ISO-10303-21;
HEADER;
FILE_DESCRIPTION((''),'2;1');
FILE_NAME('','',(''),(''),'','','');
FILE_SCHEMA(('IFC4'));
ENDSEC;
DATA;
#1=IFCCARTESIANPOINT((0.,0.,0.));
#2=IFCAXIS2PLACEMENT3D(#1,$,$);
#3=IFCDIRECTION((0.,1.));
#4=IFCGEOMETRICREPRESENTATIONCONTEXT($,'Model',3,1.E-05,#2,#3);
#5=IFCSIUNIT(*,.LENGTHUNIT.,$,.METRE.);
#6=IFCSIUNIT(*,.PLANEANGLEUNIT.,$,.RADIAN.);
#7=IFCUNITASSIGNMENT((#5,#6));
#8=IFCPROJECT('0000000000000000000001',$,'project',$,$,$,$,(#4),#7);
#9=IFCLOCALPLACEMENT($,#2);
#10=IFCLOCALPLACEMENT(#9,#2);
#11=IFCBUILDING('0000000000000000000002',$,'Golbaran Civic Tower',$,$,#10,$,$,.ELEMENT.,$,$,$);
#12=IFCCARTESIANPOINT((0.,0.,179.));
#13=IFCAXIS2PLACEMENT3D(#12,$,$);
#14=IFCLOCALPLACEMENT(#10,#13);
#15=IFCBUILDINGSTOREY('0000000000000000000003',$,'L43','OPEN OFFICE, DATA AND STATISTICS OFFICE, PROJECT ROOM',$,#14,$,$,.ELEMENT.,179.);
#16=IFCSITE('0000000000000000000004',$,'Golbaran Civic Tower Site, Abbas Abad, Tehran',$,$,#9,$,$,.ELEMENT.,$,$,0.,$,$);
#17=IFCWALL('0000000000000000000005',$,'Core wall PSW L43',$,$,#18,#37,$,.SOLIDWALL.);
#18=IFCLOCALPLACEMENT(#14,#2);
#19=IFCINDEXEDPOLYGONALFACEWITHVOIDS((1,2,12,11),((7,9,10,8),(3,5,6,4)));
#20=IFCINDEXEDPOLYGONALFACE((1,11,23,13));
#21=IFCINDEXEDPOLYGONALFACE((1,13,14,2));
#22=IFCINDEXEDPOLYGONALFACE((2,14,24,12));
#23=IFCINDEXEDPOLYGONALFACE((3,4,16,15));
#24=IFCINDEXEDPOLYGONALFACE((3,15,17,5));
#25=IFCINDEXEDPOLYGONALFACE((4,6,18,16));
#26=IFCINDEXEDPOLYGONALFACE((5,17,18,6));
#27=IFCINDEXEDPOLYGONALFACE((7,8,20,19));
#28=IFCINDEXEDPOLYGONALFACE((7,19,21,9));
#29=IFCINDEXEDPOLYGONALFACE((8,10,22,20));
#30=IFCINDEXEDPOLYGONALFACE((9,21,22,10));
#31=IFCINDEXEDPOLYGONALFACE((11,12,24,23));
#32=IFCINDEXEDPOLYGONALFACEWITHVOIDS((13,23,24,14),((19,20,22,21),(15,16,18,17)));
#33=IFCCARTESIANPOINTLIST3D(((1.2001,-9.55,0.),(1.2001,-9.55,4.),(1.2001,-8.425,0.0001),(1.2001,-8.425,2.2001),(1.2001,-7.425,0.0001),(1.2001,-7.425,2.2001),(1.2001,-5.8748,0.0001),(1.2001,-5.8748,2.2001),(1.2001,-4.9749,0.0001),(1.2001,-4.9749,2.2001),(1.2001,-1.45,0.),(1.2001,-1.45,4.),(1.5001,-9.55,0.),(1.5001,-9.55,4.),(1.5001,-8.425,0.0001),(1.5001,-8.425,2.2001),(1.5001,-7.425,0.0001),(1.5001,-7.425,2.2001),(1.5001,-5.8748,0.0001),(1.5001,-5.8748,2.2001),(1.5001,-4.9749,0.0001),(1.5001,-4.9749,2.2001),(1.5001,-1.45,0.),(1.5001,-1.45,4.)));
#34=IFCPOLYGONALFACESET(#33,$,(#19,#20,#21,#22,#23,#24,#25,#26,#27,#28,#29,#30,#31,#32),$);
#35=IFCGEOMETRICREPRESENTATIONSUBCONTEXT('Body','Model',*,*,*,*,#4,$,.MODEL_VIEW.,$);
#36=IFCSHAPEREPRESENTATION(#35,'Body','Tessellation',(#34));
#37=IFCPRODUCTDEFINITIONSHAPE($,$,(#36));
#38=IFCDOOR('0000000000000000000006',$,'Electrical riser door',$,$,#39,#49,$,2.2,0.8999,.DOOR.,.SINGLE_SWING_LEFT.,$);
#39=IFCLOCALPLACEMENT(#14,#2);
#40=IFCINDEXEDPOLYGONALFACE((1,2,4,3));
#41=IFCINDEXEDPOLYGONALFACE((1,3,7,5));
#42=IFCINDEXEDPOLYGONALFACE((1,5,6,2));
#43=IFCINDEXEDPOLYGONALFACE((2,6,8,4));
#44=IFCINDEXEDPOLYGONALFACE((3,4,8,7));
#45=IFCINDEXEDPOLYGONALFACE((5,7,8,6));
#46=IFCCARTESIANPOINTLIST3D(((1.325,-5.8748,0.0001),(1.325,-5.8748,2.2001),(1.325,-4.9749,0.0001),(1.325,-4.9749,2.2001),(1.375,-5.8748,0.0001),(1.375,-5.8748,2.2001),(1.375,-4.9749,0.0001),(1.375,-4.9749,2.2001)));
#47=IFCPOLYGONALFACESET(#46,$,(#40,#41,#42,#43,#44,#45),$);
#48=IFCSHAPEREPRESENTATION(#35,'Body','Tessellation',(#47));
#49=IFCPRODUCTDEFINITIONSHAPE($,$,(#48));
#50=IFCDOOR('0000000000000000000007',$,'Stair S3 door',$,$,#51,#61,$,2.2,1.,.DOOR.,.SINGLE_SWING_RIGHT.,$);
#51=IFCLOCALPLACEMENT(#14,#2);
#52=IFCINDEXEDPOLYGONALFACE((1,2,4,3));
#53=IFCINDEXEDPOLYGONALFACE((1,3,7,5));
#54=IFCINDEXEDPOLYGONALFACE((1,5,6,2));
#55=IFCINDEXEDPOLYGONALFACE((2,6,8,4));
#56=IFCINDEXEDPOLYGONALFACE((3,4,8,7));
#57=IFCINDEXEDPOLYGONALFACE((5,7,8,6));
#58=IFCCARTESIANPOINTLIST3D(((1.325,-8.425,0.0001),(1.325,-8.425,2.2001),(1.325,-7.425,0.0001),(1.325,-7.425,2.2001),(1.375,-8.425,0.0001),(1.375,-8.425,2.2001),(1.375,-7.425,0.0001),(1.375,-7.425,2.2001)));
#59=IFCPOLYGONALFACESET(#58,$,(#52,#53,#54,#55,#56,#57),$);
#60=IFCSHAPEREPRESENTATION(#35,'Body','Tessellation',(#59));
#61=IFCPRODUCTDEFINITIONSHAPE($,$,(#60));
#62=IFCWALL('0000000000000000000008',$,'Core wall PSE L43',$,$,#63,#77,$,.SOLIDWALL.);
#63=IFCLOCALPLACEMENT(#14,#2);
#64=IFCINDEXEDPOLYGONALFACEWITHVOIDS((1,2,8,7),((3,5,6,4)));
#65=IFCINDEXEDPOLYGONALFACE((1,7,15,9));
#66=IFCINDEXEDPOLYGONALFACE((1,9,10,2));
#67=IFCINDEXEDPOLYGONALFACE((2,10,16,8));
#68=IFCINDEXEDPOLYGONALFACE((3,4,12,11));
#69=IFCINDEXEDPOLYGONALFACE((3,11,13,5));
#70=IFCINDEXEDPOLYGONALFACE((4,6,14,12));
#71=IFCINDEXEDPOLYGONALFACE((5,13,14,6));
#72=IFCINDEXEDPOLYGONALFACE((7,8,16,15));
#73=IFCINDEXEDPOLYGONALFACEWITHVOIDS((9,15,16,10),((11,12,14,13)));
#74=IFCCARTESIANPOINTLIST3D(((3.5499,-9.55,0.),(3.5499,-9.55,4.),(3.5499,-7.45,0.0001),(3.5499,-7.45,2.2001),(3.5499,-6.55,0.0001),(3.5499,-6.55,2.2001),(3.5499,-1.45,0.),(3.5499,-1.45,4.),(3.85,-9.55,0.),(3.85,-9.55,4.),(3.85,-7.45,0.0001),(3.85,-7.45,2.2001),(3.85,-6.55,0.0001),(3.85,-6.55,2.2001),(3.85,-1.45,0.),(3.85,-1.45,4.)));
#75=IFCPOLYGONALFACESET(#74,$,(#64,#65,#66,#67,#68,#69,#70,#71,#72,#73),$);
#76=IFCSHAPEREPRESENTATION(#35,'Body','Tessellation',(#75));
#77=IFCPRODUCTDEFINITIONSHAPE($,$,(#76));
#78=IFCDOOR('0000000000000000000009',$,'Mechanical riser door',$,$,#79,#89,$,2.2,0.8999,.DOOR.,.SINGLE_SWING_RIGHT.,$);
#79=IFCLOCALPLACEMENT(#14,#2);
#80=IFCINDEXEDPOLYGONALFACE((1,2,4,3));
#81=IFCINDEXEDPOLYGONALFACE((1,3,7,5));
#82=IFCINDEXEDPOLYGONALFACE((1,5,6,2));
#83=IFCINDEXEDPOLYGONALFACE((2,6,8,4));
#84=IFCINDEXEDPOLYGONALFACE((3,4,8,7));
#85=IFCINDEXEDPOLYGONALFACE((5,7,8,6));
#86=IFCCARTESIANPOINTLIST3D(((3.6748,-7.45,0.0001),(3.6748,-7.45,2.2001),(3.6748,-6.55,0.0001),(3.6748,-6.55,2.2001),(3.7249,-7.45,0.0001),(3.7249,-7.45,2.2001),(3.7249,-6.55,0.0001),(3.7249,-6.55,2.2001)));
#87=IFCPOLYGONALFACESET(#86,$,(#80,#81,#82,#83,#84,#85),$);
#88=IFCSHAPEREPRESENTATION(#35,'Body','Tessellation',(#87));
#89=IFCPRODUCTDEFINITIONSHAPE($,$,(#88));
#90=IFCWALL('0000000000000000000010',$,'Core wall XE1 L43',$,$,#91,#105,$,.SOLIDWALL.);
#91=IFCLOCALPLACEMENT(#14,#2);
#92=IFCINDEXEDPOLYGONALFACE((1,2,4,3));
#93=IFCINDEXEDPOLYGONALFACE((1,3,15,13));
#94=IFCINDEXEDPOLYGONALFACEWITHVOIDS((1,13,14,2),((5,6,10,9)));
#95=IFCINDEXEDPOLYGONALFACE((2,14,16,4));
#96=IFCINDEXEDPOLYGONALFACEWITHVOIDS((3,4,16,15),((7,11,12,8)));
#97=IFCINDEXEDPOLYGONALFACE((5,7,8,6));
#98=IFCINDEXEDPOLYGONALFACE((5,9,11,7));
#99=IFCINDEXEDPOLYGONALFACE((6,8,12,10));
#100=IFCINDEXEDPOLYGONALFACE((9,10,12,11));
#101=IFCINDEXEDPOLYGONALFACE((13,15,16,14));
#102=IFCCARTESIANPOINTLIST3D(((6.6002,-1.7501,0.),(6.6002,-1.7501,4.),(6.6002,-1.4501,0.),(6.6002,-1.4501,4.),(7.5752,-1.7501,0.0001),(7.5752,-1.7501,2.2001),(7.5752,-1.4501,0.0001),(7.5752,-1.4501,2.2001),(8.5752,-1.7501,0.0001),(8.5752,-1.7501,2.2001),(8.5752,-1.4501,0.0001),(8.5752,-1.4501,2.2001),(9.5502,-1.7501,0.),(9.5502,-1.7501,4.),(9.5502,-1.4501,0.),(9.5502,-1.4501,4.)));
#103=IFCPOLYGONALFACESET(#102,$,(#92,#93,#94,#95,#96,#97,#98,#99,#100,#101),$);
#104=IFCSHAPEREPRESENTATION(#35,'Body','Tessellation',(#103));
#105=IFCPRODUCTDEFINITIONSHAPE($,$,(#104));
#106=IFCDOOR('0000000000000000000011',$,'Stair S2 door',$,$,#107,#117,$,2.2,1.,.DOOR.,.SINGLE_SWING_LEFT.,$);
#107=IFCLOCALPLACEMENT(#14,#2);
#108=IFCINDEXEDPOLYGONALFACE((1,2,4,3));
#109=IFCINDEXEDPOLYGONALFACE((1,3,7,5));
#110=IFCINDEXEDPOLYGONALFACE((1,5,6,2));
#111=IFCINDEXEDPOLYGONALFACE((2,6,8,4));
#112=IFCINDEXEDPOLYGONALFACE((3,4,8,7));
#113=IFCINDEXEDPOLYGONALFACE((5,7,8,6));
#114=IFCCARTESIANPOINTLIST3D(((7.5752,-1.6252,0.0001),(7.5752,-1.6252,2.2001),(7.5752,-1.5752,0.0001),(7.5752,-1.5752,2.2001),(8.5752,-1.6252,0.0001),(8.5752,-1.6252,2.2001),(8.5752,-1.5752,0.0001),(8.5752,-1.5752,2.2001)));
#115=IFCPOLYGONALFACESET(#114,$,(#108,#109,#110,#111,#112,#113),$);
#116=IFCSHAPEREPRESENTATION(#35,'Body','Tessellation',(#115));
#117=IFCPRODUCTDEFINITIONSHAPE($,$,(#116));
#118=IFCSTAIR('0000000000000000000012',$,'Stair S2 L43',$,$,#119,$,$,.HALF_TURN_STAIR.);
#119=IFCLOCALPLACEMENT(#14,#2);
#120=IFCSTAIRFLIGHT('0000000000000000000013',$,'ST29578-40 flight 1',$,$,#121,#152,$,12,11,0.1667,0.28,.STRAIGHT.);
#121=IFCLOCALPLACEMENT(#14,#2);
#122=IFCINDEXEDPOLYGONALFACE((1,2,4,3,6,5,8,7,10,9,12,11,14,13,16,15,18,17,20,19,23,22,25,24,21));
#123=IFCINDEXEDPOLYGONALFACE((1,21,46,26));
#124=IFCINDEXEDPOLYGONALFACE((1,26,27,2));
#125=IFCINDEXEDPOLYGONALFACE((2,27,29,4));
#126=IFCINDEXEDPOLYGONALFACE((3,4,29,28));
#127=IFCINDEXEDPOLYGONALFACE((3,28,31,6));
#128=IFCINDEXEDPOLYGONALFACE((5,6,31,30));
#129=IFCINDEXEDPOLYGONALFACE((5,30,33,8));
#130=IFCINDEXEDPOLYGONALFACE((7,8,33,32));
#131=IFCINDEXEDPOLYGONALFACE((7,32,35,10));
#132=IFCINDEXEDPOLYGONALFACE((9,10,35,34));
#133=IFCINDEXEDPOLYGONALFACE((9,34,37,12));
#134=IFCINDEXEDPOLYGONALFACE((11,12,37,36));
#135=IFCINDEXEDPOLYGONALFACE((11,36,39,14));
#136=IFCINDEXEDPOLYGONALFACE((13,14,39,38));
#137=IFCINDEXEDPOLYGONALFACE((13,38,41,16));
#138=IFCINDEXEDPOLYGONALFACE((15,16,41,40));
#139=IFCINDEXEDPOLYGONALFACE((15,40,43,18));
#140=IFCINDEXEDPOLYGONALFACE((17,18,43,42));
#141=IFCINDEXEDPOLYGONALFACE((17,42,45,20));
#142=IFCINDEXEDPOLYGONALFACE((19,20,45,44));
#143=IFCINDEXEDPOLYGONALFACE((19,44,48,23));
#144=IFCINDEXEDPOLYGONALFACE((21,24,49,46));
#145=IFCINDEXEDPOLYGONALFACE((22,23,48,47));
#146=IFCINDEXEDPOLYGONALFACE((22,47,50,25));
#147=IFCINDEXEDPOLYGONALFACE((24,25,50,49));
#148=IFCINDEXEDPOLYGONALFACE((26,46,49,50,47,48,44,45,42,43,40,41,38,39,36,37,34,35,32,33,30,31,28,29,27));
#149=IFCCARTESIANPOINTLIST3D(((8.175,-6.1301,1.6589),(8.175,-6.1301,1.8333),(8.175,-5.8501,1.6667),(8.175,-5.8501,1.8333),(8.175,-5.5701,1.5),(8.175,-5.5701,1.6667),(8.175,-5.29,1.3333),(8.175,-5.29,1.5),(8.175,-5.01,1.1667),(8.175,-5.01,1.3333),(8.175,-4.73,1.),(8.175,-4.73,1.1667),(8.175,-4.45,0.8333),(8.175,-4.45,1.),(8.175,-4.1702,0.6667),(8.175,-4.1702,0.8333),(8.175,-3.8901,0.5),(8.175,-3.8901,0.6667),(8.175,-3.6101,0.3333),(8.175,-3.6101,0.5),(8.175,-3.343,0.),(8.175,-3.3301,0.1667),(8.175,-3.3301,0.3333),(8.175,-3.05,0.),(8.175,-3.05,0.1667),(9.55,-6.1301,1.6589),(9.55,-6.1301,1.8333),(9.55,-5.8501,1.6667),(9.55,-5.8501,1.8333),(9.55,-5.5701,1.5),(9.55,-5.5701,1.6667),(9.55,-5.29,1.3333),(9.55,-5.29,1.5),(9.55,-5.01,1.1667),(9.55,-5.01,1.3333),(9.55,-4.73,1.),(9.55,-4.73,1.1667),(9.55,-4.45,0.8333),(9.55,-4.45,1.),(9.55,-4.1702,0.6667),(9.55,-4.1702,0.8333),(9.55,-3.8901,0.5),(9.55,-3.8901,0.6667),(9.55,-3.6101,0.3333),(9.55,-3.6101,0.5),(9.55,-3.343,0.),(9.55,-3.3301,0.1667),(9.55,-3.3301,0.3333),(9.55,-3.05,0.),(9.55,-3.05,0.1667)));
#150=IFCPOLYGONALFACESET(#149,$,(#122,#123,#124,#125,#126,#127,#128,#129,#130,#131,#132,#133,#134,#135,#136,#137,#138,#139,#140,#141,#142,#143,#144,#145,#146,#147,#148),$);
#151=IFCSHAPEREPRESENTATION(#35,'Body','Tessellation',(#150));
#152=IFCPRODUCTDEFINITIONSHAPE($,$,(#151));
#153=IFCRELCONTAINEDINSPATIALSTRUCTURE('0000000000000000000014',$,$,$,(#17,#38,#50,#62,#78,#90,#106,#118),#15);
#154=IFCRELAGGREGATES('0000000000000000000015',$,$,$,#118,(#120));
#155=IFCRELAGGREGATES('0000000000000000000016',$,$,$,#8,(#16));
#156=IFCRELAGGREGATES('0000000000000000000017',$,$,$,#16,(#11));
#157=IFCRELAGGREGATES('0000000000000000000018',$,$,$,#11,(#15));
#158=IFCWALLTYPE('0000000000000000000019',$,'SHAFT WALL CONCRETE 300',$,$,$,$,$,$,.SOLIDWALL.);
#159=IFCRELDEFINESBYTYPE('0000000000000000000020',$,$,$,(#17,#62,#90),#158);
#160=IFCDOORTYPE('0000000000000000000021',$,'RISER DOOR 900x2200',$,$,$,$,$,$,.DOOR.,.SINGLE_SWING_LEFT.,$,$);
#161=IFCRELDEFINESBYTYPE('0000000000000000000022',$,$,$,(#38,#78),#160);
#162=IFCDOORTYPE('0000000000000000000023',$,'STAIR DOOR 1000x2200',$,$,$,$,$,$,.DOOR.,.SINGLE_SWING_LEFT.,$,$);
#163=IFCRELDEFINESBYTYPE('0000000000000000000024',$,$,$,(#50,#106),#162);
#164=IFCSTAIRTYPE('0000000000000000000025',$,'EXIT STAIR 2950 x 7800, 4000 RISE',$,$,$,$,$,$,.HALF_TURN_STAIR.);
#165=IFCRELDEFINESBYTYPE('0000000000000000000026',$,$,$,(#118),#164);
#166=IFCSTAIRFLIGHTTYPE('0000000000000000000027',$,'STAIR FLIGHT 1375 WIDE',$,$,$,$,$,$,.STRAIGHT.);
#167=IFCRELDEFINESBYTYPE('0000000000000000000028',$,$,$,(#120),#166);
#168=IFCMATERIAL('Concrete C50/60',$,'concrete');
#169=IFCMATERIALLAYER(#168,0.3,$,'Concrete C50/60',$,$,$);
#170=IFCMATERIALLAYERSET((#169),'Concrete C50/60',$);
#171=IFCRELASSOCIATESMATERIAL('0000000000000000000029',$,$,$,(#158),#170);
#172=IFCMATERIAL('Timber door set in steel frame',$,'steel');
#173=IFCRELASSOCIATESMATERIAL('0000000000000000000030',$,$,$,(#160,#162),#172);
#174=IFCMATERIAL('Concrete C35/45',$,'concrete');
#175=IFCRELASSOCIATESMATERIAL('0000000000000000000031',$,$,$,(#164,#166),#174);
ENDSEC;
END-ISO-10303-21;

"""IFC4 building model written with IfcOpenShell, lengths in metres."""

from ifc_helpers import new_model, si_unit, direction, frame, frame_2d, origin, place, context, subcontext, project, spatial, polyline, rectangle, outline, extrude, material, layer, layer_set, type_object, element, fill, aggregate, save


model = new_model("IFC4")

# Units and contexts
model_context = context("Model", 3, precision=1e-05, world=origin(), true_north=direction((0.0, 1.0)))
body_context = subcontext(model_context, "Body", "Model", "MODEL_VIEW")
ifc_project = project(units=[si_unit("LENGTHUNIT", "METRE"), si_unit("PLANEANGLEUNIT", "RADIAN")], contexts=[model_context])

# Site, building, storey
site_placement = place(None, origin())
site = spatial("IfcSite", under=ifc_project, at=site_placement, Name="Golbaran Civic Tower Site, Abbas Abad, Tehran", CompositionType="ELEMENT", RefElevation=0.0)
building_placement = place(site_placement, origin())
building = spatial("IfcBuilding", under=site, at=building_placement, Name="Golbaran Civic Tower", CompositionType="ELEMENT")
storey_placement = place(building_placement, frame((0.0, 0.0, 179.0)))
storey = spatial("IfcBuildingStorey", under=building, at=storey_placement, Name="L43", Description="OPEN OFFICE, DATA AND STATISTICS OFFICE, PROJECT ROOM", CompositionType="ELEMENT", Elevation=179.0)

# Shared definitions
ifc_material_1 = material(Name="Concrete C50/60", Category="concrete")

# Shared definitions
ifc_material_2 = material(Name="Timber door set in steel frame", Category="steel")

# Shared definitions
ifc_layer_1 = layer(ifc_material_1, 0.3, Name="Concrete C50/60")
ifc_layer_set_1 = layer_set([ifc_layer_1], Name="Concrete C50/60")
wall_type_1 = type_object("IfcWallType", Name="SHAFT WALL CONCRETE 300", PredefinedType="SOLIDWALL", material=ifc_layer_set_1)

# Wall, openings, doors
wall_1_placement = place(storey_placement, frame((1.3501, -1.45, 0.0), z_axis=(0.0, 0.0, 1.0), x_axis=(0.0, -1.0, 0.0)))
wall_1 = element("IfcWall", 1, at=wall_1_placement, inside=storey, type_object=wall_type_1, Name="Core wall PSW L43", PredefinedType="SOLIDWALL", context=body_context, shape_type="SweptSolid", body=[
    extrude(rectangle(XDim=8.1001, YDim=0.3, at=frame_2d((4.05, 0.0))), origin(), (0.0, 0.0, 1.0), 4.0),
])
opening_1_placement = place(wall_1_placement, frame((5.9751, 0.0, 0.0)))
opening_1 = element("IfcOpeningElement", 2, at=opening_1_placement, cuts=wall_1, PredefinedType="OPENING", context=body_context, shape_type="SweptSolid", body=[
    extrude(rectangle(XDim=1.0, YDim=2.2, at=frame_2d((0.5, 1.1001))), frame((0.0, 0.1599, 0.0), z_axis=(0.0, -1.0, 0.0), x_axis=(1.0, 0.0, 0.0)), (0.0, 0.0, 1.0), 0.3201),
])
opening_2_placement = place(wall_1_placement, frame((3.5249, 0.0, 0.0)))
opening_2 = element("IfcOpeningElement", 3, at=opening_2_placement, cuts=wall_1, PredefinedType="OPENING", context=body_context, shape_type="SweptSolid", body=[
    extrude(rectangle(XDim=0.8999, YDim=2.2, at=frame_2d((0.45, 1.1001))), frame((0.0, 0.1599, 0.0), z_axis=(0.0, -1.0, 0.0), x_axis=(1.0, 0.0, 0.0)), (0.0, 0.0, 1.0), 0.3201),
])
door_type_1 = type_object("IfcDoorType", Name="RISER DOOR 900x2200", OperationType="SINGLE_SWING_LEFT", PredefinedType="DOOR", material=ifc_material_2)
door_1_placement = place(opening_2_placement, origin())
door_1 = element("IfcDoor", 4, at=door_1_placement, inside=storey, type_object=door_type_1, Name="Electrical riser door", OperationType="SINGLE_SWING_LEFT", OverallHeight=2.2, OverallWidth=0.8999, PredefinedType="DOOR", context=body_context, shape_type="SweptSolid", body=[
    extrude(rectangle(XDim=0.8999, YDim=2.2, at=frame_2d((0.45, 1.1001))), frame((0.0, 0.0249, 0.0), z_axis=(0.0, -1.0, 0.0), x_axis=(1.0, 0.0, 0.0)), (0.0, 0.0, 1.0), 0.05),
])
fill(opening_2, door_1)
door_type_2 = type_object("IfcDoorType", Name="STAIR DOOR 1000x2200", OperationType="SINGLE_SWING_LEFT", PredefinedType="DOOR", material=ifc_material_2)
door_2_placement = place(opening_1_placement, origin())
door_2 = element("IfcDoor", 5, at=door_2_placement, inside=storey, type_object=door_type_2, Name="Stair S3 door", OperationType="SINGLE_SWING_RIGHT", OverallHeight=2.2, OverallWidth=1.0, PredefinedType="DOOR", context=body_context, shape_type="SweptSolid", body=[
    extrude(rectangle(XDim=1.0, YDim=2.2, at=frame_2d((0.5, 1.1001))), frame((0.0, 0.0249, 0.0), z_axis=(0.0, -1.0, 0.0), x_axis=(1.0, 0.0, 0.0)), (0.0, 0.0, 1.0), 0.05),
])
fill(opening_1, door_2)

# Walls, openings, doors
wall_2_placement = place(storey_placement, frame((3.7, -1.45, 0.0), z_axis=(0.0, 0.0, 1.0), x_axis=(0.0, -1.0, 0.0)))
wall_2 = element("IfcWall", 6, at=wall_2_placement, inside=storey, type_object=wall_type_1, Name="Core wall PSE L43", PredefinedType="SOLIDWALL", context=body_context, shape_type="SweptSolid", body=[
    extrude(rectangle(XDim=8.1001, YDim=0.3, at=frame_2d((4.05, 0.0))), origin(), (0.0, 0.0, 1.0), 4.0),
])
opening_3_placement = place(wall_2_placement, frame((5.1001, 0.0, 0.0)))
opening_3 = element("IfcOpeningElement", 7, at=opening_3_placement, cuts=wall_2, PredefinedType="OPENING", context=body_context, shape_type="SweptSolid", body=[
    extrude(rectangle(XDim=0.8999, YDim=2.2, at=frame_2d((0.45, 1.1001))), frame((0.0, 0.1599, 0.0), z_axis=(0.0, -1.0, 0.0), x_axis=(1.0, 0.0, 0.0)), (0.0, 0.0, 1.0), 0.3201),
])
door_3_placement = place(opening_3_placement, origin())
door_3 = element("IfcDoor", 8, at=door_3_placement, inside=storey, type_object=door_type_1, Name="Mechanical riser door", OperationType="SINGLE_SWING_RIGHT", OverallHeight=2.2, OverallWidth=0.8999, PredefinedType="DOOR", context=body_context, shape_type="SweptSolid", body=[
    extrude(rectangle(XDim=0.8999, YDim=2.2, at=frame_2d((0.45, 1.1001))), frame((0.0, 0.0249, 0.0), z_axis=(0.0, -1.0, 0.0), x_axis=(1.0, 0.0, 0.0)), (0.0, 0.0, 1.0), 0.05),
])
fill(opening_3, door_3)
wall_3_placement = place(storey_placement, frame((6.6001, -1.6001, 0.0), z_axis=(0.0, 0.0, 1.0), x_axis=(1.0, 0.0, 0.0)))
wall_3 = element("IfcWall", 9, at=wall_3_placement, inside=storey, type_object=wall_type_1, Name="Core wall XE1 L43", PredefinedType="SOLIDWALL", context=body_context, shape_type="SweptSolid", body=[
    extrude(rectangle(XDim=2.95, YDim=0.3, at=frame_2d((1.4751, 0.0))), origin(), (0.0, 0.0, 1.0), 4.0),
])
opening_4_placement = place(wall_3_placement, frame((0.9751, 0.0, 0.0)))
opening_4 = element("IfcOpeningElement", 10, at=opening_4_placement, cuts=wall_3, PredefinedType="OPENING", context=body_context, shape_type="SweptSolid", body=[
    extrude(rectangle(XDim=1.0, YDim=2.2, at=frame_2d((0.5, 1.1001))), frame((0.0, 0.1599, 0.0), z_axis=(0.0, -1.0, 0.0), x_axis=(1.0, 0.0, 0.0)), (0.0, 0.0, 1.0), 0.3201),
])
door_4_placement = place(opening_4_placement, origin())
door_4 = element("IfcDoor", 11, at=door_4_placement, inside=storey, type_object=door_type_2, Name="Stair S2 door", OperationType="SINGLE_SWING_LEFT", OverallHeight=2.2, OverallWidth=1.0, PredefinedType="DOOR", context=body_context, shape_type="SweptSolid", body=[
    extrude(rectangle(XDim=1.0, YDim=2.2, at=frame_2d((0.5, 1.1001))), frame((0.0, 0.0249, 0.0), z_axis=(0.0, -1.0, 0.0), x_axis=(1.0, 0.0, 0.0)), (0.0, 0.0, 1.0), 0.05),
])
fill(opening_4, door_4)

# Stair, stair flight
ifc_material_3 = material(Name="Concrete C35/45", Category="concrete")
stair_type = type_object("IfcStairType", Name="EXIT STAIR 2950 x 7800, 4000 RISE", PredefinedType="HALF_TURN_STAIR", material=ifc_material_3)
stair_placement = place(storey_placement, origin())
stair = element("IfcStair", 12, at=stair_placement, inside=storey, type_object=stair_type, Name="Stair S2 L43", PredefinedType="HALF_TURN_STAIR")
stair_flight_type = type_object("IfcStairFlightType", Name="STAIR FLIGHT 1375 WIDE", PredefinedType="STRAIGHT", material=ifc_material_3)
stair_flight_1_placement = place(storey_placement, frame((8.8625, -3.05, 0.0), z_axis=(0.0, 0.0, 1.0), x_axis=(0.0, -1.0, 0.0)))
stair_flight_1 = element("IfcStairFlight", 13, at=stair_flight_1_placement, type_object=stair_flight_type, Name="ST29578-40 flight 1", NumberOfRisers=12, NumberOfTreads=11, PredefinedType="STRAIGHT", RiserHeight=0.1667, TreadLength=0.28, context=body_context, shape_type="SweptSolid", body=[
    extrude(outline(polyline([(0.0, 0.0), (0.0, 0.1667), (0.28, 0.1667), (0.28, 0.3333), (0.5601, 0.3333), (0.5601, 0.5), (0.8401, 0.5), (0.8401, 0.6667), (1.1201, 0.6667), (1.1201, 0.8333), (1.3999, 0.8333), (1.3999, 1.0), (1.6799, 1.0), (1.6799, 1.1667), (1.96, 1.1667), (1.96, 1.3333), (2.24, 1.3333), (2.24, 1.5), (2.52, 1.5), (2.52, 1.6667), (2.8, 1.6667), (2.8, 1.8333), (3.0801, 1.8333), (3.0801, 2.0), (3.0801, 1.6589), (0.293, 0.0), (0.0, 0.0)])), frame((0.0, 0.6875, 0.0), z_axis=(0.0, -1.0, 0.0), x_axis=(1.0, 0.0, 0.0)), (0.0, 0.0, 1.0), 1.375),
])
aggregate(stair, [stair_flight_1])

save(model, "model.ifc")
